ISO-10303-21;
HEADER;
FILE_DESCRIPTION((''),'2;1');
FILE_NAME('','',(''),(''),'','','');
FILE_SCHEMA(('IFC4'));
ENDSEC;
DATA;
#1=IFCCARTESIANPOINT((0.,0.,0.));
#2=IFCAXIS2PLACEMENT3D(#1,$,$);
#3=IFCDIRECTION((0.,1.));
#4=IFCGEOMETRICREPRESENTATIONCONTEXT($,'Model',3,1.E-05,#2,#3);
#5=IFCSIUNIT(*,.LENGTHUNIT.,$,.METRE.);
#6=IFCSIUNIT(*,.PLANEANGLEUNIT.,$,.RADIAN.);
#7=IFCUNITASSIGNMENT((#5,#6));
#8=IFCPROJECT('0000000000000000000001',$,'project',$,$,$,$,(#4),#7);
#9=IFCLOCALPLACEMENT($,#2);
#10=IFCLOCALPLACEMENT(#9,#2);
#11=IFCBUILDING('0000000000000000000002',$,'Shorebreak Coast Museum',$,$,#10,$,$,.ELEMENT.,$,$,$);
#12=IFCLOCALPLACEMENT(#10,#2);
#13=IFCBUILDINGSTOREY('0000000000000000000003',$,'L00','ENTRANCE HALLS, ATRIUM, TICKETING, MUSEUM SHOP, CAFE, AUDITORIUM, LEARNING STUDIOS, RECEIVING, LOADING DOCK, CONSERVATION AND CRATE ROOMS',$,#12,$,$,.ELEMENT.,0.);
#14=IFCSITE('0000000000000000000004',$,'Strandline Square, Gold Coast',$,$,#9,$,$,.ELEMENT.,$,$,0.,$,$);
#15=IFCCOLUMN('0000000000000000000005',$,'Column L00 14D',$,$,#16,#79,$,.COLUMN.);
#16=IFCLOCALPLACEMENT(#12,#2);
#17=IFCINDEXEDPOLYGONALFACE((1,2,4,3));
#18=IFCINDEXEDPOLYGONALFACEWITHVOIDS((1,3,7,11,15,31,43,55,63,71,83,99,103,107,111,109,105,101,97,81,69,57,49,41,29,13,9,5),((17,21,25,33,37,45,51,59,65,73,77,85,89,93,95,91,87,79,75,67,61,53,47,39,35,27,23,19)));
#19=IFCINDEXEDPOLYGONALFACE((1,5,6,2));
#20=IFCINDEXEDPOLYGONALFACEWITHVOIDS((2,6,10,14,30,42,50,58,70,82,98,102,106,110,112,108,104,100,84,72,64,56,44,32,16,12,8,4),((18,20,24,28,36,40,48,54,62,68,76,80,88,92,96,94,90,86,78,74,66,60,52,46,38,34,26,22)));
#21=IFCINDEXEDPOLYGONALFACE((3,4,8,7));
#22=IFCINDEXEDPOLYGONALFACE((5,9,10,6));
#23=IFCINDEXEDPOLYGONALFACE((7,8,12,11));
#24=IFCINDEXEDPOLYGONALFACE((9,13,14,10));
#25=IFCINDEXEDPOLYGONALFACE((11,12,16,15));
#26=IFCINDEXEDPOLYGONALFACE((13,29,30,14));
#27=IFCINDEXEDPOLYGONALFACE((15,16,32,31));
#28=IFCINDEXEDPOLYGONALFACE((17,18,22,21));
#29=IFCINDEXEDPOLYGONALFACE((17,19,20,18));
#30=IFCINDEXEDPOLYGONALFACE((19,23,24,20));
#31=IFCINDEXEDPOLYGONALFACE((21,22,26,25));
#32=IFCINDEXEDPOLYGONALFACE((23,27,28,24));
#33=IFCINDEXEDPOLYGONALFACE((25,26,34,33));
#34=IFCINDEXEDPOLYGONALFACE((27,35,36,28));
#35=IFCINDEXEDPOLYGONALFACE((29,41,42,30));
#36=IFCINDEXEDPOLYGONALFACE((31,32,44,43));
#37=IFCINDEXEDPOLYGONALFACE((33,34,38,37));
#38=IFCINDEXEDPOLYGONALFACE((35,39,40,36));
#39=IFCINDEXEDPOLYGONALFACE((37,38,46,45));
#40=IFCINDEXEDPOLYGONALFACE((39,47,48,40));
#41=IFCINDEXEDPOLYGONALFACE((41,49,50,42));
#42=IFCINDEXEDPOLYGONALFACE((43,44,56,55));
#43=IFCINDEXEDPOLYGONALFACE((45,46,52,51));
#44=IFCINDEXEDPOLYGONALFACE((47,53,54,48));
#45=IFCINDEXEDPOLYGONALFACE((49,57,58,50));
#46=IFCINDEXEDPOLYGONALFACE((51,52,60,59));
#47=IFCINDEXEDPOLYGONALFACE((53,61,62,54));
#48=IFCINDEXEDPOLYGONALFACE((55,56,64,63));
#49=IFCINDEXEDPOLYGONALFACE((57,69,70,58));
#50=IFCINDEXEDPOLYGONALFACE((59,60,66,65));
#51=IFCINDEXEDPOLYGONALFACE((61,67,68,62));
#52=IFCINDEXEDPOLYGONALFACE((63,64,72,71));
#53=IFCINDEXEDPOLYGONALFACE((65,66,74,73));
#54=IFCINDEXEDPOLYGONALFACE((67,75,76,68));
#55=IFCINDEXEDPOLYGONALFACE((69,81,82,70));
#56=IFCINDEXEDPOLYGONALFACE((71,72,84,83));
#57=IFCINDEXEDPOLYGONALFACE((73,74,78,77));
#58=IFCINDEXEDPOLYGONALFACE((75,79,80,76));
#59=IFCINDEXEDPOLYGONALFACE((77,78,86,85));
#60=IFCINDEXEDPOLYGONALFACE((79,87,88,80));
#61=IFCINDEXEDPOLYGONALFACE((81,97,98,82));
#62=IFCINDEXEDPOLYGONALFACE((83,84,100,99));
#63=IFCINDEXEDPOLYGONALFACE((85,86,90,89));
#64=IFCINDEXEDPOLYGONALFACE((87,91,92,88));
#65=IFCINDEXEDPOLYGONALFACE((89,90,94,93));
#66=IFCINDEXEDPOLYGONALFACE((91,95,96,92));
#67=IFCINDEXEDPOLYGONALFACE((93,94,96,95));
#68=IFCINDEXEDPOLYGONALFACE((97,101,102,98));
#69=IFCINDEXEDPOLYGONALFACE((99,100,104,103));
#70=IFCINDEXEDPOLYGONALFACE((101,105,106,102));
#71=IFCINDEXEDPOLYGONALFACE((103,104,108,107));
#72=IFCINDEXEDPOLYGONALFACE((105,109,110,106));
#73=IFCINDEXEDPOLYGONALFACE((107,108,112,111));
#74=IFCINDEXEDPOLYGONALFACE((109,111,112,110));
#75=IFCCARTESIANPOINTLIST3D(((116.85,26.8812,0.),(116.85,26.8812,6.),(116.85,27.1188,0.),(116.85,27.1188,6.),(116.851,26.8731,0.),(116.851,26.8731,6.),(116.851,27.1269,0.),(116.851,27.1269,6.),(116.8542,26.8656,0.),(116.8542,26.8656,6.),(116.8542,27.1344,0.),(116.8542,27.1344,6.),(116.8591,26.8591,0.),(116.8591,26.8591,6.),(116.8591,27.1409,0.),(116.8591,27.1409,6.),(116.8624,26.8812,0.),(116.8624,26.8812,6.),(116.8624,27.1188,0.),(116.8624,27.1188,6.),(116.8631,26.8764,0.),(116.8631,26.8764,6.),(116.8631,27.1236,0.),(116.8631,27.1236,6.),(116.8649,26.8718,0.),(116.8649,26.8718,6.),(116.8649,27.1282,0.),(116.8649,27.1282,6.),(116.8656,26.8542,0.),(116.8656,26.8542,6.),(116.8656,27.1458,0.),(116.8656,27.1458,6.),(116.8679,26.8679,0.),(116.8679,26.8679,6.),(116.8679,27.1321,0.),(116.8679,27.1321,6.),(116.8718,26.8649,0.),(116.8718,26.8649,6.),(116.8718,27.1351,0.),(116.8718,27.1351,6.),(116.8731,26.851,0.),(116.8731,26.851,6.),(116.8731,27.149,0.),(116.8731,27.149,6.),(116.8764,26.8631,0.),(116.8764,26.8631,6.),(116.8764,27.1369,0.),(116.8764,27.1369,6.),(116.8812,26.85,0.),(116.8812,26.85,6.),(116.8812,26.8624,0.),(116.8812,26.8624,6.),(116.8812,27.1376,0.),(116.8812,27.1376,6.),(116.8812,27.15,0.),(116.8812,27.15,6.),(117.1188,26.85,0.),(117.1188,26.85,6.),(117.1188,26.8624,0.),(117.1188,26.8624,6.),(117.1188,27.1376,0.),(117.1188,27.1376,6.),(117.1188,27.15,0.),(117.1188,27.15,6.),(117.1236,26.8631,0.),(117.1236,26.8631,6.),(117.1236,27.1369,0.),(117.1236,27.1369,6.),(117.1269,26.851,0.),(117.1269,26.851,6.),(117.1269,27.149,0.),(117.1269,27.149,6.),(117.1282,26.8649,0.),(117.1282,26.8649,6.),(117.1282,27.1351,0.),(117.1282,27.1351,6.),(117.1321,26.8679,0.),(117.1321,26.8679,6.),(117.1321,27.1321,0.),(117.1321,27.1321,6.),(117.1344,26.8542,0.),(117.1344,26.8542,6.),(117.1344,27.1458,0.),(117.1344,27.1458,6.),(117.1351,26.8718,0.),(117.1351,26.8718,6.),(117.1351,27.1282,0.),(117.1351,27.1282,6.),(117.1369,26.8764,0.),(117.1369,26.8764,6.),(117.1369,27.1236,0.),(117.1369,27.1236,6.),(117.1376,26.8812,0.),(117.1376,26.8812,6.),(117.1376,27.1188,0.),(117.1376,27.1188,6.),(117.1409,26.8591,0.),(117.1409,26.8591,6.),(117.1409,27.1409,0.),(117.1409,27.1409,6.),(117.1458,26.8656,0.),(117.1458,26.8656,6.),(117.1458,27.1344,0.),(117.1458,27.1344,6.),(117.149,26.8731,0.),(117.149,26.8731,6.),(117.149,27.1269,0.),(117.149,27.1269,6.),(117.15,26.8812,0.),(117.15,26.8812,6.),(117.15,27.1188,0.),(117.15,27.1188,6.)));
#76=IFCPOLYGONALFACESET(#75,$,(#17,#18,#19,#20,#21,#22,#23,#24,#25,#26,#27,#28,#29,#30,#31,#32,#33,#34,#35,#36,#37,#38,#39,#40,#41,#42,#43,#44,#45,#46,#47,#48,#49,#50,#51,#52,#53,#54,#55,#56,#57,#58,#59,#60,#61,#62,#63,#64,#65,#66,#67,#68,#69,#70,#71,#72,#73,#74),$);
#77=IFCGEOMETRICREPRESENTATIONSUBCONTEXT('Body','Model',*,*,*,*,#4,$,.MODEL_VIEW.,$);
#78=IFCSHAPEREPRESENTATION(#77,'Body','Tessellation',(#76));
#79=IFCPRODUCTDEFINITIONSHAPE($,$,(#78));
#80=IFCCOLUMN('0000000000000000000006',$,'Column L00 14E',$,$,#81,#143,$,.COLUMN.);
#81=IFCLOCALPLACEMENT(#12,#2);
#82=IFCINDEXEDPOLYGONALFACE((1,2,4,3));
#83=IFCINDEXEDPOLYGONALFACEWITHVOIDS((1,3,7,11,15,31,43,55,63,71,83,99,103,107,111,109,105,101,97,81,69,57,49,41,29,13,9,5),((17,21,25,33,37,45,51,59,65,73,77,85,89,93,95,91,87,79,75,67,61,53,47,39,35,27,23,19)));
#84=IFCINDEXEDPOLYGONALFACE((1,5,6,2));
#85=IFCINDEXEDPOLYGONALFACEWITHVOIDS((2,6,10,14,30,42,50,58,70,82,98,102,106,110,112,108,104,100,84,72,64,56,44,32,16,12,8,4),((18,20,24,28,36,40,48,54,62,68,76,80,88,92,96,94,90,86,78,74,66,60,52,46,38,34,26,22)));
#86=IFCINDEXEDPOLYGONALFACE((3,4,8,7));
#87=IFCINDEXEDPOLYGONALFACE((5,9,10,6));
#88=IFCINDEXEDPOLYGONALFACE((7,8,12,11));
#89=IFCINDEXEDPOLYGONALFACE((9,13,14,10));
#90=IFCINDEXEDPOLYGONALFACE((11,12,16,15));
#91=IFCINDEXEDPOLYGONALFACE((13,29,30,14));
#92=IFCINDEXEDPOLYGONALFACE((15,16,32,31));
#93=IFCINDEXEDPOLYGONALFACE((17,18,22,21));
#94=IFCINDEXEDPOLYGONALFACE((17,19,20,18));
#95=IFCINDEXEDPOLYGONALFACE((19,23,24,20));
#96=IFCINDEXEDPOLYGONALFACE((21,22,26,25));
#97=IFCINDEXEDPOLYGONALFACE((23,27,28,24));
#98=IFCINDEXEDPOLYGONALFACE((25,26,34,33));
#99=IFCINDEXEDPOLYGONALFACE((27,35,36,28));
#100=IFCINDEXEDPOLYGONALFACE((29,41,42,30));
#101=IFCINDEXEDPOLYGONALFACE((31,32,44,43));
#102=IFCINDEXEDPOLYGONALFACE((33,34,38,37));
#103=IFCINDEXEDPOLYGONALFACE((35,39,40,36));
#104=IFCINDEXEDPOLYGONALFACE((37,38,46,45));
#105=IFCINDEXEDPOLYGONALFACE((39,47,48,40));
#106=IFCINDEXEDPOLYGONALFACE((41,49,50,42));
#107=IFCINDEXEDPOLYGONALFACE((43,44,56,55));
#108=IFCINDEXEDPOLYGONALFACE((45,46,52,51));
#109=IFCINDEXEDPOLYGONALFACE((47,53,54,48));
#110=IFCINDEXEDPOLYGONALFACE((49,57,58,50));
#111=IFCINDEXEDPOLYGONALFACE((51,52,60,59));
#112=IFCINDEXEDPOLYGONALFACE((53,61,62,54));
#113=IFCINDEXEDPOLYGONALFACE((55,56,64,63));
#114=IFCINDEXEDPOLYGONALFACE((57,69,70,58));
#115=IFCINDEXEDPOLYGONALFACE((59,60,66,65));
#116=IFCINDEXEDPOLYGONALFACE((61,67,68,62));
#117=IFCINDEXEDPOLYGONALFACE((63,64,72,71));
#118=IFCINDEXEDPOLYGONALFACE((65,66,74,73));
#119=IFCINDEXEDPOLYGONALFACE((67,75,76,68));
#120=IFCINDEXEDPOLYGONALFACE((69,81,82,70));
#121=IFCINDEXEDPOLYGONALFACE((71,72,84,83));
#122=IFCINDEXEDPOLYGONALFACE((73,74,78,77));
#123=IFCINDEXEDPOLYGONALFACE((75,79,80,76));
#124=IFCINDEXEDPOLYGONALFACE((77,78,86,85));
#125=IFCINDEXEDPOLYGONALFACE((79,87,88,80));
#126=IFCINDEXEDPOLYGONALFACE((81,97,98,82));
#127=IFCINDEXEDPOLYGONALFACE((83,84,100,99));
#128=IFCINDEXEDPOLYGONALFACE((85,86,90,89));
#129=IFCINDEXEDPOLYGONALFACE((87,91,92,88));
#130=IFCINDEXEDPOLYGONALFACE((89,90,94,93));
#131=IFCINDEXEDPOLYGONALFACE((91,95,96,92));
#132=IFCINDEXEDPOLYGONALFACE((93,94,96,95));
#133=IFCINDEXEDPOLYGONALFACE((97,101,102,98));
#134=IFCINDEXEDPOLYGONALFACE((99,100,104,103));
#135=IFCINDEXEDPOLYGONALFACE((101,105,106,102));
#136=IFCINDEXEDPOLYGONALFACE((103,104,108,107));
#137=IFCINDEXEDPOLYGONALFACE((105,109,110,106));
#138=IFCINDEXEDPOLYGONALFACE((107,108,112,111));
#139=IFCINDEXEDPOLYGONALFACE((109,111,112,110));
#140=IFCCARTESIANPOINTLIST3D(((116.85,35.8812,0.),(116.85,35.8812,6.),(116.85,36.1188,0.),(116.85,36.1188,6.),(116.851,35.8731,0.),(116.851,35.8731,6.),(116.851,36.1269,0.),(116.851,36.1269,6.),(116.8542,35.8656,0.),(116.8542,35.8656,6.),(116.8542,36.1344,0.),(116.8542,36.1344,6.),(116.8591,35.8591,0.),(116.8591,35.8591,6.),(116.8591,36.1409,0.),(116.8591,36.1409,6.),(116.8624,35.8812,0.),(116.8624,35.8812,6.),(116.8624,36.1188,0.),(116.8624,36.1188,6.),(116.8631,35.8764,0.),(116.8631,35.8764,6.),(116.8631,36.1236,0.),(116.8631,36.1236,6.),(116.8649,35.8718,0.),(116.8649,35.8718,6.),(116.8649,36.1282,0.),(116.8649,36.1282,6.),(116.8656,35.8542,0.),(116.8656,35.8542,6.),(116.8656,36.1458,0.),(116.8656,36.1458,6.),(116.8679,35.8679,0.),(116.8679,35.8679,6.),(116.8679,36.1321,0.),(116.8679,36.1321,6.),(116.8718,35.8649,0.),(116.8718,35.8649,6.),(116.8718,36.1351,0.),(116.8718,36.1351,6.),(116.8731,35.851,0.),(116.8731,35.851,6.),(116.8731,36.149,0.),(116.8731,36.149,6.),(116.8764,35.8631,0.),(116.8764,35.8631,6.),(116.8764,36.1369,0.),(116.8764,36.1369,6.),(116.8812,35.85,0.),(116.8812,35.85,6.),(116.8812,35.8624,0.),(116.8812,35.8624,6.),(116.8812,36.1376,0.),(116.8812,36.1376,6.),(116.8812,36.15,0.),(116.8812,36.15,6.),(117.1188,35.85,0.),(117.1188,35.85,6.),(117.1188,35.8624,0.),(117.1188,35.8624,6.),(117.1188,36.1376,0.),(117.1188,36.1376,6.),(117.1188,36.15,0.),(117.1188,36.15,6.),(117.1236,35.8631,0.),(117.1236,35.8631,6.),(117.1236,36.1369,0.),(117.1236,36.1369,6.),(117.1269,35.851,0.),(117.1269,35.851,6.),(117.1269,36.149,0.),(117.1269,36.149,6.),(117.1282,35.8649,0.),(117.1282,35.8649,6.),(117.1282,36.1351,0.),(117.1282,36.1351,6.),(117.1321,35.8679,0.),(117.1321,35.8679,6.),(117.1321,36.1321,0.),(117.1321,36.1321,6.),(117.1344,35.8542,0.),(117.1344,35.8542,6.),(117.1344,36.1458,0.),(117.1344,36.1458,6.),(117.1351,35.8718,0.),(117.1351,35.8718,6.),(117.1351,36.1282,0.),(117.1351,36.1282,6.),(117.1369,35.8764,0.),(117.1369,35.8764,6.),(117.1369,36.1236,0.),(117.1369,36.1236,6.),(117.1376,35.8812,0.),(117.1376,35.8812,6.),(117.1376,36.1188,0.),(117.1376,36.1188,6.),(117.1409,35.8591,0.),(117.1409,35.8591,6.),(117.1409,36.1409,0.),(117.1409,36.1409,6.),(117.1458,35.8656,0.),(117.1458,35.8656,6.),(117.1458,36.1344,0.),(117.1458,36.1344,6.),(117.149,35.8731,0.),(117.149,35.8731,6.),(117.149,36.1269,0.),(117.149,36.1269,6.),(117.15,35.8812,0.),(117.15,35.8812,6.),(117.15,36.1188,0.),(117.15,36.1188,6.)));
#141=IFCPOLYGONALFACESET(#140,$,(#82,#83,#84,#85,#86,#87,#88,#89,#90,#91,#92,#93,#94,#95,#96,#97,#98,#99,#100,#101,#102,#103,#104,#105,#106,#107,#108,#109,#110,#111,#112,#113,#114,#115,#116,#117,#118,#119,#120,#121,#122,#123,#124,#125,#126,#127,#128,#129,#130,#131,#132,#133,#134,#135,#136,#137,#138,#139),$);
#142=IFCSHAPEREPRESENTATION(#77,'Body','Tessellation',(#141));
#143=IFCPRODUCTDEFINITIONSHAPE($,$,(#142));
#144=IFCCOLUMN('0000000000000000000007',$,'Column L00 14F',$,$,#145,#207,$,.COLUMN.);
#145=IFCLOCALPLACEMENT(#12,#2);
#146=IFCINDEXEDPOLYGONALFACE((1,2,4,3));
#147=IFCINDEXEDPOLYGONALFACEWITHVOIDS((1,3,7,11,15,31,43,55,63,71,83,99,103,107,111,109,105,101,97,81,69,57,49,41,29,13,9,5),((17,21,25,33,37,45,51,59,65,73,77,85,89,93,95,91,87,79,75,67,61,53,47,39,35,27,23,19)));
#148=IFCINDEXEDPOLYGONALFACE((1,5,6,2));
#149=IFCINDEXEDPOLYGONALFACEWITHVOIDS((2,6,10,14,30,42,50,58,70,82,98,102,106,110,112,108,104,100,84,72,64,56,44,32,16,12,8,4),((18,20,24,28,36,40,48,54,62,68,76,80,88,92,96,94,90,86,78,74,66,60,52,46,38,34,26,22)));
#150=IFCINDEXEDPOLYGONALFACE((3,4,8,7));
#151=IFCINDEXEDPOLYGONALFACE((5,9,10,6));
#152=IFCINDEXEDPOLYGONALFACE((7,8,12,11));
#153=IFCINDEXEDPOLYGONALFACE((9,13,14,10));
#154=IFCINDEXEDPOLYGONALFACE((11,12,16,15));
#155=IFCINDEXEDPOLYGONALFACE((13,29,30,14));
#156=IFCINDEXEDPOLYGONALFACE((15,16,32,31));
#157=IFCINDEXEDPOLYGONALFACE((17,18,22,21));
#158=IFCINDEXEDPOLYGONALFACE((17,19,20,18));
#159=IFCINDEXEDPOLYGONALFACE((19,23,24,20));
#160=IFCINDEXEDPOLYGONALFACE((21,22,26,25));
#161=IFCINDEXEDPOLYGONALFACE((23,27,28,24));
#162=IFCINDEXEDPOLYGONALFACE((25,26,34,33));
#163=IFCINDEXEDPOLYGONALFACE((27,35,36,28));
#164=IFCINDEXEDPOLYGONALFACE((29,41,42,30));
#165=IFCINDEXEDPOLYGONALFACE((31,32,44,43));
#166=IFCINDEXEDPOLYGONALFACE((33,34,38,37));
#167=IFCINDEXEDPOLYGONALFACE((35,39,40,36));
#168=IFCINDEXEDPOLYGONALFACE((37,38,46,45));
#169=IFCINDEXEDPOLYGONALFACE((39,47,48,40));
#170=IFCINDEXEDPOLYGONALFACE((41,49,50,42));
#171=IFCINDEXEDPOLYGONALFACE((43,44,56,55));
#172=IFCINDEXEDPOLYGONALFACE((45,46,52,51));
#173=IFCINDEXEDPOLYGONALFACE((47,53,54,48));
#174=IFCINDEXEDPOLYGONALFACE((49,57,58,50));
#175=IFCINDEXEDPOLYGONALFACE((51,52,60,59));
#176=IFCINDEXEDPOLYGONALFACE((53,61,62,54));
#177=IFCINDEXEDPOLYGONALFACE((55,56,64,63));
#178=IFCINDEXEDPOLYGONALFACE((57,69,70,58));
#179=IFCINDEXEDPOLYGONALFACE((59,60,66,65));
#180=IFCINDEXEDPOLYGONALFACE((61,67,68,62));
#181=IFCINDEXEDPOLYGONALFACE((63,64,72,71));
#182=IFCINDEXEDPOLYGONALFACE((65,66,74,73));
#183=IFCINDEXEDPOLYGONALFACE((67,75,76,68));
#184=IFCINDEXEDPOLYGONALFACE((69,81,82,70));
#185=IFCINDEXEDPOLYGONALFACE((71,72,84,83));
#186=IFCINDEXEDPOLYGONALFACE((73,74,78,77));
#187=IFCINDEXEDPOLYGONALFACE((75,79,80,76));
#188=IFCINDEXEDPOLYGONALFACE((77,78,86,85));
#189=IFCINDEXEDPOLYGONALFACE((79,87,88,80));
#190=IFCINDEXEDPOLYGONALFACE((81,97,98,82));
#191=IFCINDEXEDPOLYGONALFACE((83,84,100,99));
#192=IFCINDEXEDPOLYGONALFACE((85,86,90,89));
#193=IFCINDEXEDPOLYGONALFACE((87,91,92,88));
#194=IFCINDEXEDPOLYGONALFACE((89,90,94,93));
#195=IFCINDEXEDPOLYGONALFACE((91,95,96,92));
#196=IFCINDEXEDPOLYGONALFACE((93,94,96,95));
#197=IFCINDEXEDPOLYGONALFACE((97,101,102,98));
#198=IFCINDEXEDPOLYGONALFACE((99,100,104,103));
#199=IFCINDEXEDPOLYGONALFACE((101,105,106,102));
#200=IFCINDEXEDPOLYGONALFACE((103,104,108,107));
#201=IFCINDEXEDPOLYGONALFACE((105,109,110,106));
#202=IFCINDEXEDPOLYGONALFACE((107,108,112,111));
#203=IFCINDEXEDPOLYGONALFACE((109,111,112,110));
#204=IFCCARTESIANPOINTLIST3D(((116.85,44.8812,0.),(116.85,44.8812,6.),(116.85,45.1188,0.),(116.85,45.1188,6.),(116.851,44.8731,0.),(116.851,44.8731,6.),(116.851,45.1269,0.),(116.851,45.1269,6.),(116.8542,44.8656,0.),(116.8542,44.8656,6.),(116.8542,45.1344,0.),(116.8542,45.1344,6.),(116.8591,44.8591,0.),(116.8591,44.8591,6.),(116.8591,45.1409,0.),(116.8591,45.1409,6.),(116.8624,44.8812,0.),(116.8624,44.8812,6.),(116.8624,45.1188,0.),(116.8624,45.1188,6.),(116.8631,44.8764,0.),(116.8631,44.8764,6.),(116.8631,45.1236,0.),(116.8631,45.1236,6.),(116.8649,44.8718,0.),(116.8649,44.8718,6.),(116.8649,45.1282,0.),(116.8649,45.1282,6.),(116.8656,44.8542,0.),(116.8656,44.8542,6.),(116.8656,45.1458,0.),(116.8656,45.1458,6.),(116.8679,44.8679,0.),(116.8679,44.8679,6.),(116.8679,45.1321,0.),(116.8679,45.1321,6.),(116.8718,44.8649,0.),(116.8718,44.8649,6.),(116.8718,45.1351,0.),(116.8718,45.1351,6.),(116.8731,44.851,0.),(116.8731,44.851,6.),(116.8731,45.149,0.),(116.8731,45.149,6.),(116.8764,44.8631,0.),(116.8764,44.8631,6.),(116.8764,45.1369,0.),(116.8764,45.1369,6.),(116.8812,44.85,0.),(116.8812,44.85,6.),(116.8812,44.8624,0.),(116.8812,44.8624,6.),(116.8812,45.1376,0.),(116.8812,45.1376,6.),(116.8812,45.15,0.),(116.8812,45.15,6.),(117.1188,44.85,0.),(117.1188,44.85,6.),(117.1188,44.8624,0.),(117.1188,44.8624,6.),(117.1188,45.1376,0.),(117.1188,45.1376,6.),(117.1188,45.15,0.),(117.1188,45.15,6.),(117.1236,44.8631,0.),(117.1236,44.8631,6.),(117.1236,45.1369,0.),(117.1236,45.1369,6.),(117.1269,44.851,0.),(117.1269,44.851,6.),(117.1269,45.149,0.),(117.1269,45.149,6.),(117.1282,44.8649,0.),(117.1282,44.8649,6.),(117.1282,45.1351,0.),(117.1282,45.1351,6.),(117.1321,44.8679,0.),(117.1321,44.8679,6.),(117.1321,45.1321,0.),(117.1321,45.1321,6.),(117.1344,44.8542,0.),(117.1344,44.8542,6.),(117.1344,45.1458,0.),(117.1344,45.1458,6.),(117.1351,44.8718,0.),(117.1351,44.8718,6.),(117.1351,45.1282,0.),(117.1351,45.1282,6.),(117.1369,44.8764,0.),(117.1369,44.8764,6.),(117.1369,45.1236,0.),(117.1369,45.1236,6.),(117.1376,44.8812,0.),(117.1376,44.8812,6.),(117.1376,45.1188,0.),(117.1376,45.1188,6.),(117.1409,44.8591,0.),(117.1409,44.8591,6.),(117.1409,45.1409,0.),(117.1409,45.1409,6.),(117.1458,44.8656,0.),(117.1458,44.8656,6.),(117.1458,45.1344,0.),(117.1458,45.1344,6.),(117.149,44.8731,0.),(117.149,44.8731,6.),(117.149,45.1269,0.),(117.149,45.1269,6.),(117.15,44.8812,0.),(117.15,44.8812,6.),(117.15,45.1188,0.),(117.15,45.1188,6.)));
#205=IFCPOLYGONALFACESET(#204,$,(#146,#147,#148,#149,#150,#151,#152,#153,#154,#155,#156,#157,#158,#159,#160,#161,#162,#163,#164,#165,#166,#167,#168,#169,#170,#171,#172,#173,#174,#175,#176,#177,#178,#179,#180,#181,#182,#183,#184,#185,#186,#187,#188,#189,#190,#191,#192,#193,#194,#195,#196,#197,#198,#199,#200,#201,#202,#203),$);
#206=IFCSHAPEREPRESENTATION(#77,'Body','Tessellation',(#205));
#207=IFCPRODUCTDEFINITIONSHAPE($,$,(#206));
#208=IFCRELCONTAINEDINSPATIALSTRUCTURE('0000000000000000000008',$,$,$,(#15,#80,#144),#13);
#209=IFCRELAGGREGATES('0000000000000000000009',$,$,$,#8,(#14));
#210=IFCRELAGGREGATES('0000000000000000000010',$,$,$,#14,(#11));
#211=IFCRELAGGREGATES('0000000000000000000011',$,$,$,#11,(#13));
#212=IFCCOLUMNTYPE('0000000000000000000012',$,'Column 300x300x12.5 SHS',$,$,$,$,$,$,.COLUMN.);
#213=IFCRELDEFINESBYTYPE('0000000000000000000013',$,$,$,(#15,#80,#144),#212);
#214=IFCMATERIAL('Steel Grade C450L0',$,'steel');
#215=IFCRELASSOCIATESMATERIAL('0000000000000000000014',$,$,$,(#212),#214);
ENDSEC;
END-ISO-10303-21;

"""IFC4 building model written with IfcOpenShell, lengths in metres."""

from ifc_helpers import new_model, si_unit, direction, frame, origin, origin_2d, place, context, subcontext, project, spatial, hollow_rectangle, extrude, material, material_profile, profile_set, type_object, element, save


model = new_model("IFC4")

# Units and contexts
model_context = context("Model", 3, precision=1e-05, world=origin(), true_north=direction((0.0, 1.0)))
body_context = subcontext(model_context, "Body", "Model", "MODEL_VIEW")
ifc_project = project(units=[si_unit("LENGTHUNIT", "METRE"), si_unit("PLANEANGLEUNIT", "RADIAN")], contexts=[model_context])

# Site, building, storey
site_placement = place(None, origin())
site = spatial("IfcSite", under=ifc_project, at=site_placement, Name="Strandline Square, Gold Coast", CompositionType="ELEMENT", RefElevation=0.0)
building_placement = place(site_placement, origin())
building = spatial("IfcBuilding", under=site, at=building_placement, Name="Shorebreak Coast Museum", CompositionType="ELEMENT")
storey_placement = place(building_placement, origin())
storey = spatial("IfcBuildingStorey", under=building, at=storey_placement, Name="L00", Description="ENTRANCE HALLS, ATRIUM, TICKETING, MUSEUM SHOP, CAFE, AUDITORIUM, LEARNING STUDIOS, RECEIVING, LOADING DOCK, CONSERVATION AND CRATE ROOMS", CompositionType="ELEMENT", Elevation=0.0)

# Columns
ifc_material_1 = material(Name="Steel Grade C450L0", Category="steel")
ifc_material_profile_1 = material_profile(ifc_material_1, hollow_rectangle(XDim=0.3, YDim=0.3, WallThickness=0.0125, InnerFilletRadius=0.0188, OuterFilletRadius=0.0312, at=origin_2d()), Name="300x300x12.5 SHS")
ifc_profile_set_1 = profile_set([ifc_material_profile_1], Name="Steel Grade C450L0")
column_type = type_object("IfcColumnType", Name="Column 300x300x12.5 SHS", PredefinedType="COLUMN", material=ifc_profile_set_1)
for number, where, z_axis, x_axis, name in (
    (1, (117.0, 27.0, 0.0), (0.0, 0.0, 1.0), (1.0, 0.0, 0.0), "Column L00 14D"),
    (2, (117.0, 36.0, 0.0), (0.0, 0.0, 1.0), (1.0, 0.0, 0.0), "Column L00 14E"),
    (3, (117.0, 45.0, 0.0), (0.0, 0.0, 1.0), (1.0, 0.0, 0.0), "Column L00 14F"),
):
    element("IfcColumn", number, at=place(storey_placement, frame(where, z_axis=z_axis, x_axis=x_axis)), inside=storey, type_object=column_type, Name=name, PredefinedType="COLUMN", context=body_context, shape_type="SweptSolid", body=[
        extrude(hollow_rectangle(XDim=0.3, YDim=0.3, WallThickness=0.0125, InnerFilletRadius=0.0188, OuterFilletRadius=0.0312, at=origin_2d()), origin(), (0.0, 0.0, 1.0), 6.0),
    ])

save(model, "model.ifc")
